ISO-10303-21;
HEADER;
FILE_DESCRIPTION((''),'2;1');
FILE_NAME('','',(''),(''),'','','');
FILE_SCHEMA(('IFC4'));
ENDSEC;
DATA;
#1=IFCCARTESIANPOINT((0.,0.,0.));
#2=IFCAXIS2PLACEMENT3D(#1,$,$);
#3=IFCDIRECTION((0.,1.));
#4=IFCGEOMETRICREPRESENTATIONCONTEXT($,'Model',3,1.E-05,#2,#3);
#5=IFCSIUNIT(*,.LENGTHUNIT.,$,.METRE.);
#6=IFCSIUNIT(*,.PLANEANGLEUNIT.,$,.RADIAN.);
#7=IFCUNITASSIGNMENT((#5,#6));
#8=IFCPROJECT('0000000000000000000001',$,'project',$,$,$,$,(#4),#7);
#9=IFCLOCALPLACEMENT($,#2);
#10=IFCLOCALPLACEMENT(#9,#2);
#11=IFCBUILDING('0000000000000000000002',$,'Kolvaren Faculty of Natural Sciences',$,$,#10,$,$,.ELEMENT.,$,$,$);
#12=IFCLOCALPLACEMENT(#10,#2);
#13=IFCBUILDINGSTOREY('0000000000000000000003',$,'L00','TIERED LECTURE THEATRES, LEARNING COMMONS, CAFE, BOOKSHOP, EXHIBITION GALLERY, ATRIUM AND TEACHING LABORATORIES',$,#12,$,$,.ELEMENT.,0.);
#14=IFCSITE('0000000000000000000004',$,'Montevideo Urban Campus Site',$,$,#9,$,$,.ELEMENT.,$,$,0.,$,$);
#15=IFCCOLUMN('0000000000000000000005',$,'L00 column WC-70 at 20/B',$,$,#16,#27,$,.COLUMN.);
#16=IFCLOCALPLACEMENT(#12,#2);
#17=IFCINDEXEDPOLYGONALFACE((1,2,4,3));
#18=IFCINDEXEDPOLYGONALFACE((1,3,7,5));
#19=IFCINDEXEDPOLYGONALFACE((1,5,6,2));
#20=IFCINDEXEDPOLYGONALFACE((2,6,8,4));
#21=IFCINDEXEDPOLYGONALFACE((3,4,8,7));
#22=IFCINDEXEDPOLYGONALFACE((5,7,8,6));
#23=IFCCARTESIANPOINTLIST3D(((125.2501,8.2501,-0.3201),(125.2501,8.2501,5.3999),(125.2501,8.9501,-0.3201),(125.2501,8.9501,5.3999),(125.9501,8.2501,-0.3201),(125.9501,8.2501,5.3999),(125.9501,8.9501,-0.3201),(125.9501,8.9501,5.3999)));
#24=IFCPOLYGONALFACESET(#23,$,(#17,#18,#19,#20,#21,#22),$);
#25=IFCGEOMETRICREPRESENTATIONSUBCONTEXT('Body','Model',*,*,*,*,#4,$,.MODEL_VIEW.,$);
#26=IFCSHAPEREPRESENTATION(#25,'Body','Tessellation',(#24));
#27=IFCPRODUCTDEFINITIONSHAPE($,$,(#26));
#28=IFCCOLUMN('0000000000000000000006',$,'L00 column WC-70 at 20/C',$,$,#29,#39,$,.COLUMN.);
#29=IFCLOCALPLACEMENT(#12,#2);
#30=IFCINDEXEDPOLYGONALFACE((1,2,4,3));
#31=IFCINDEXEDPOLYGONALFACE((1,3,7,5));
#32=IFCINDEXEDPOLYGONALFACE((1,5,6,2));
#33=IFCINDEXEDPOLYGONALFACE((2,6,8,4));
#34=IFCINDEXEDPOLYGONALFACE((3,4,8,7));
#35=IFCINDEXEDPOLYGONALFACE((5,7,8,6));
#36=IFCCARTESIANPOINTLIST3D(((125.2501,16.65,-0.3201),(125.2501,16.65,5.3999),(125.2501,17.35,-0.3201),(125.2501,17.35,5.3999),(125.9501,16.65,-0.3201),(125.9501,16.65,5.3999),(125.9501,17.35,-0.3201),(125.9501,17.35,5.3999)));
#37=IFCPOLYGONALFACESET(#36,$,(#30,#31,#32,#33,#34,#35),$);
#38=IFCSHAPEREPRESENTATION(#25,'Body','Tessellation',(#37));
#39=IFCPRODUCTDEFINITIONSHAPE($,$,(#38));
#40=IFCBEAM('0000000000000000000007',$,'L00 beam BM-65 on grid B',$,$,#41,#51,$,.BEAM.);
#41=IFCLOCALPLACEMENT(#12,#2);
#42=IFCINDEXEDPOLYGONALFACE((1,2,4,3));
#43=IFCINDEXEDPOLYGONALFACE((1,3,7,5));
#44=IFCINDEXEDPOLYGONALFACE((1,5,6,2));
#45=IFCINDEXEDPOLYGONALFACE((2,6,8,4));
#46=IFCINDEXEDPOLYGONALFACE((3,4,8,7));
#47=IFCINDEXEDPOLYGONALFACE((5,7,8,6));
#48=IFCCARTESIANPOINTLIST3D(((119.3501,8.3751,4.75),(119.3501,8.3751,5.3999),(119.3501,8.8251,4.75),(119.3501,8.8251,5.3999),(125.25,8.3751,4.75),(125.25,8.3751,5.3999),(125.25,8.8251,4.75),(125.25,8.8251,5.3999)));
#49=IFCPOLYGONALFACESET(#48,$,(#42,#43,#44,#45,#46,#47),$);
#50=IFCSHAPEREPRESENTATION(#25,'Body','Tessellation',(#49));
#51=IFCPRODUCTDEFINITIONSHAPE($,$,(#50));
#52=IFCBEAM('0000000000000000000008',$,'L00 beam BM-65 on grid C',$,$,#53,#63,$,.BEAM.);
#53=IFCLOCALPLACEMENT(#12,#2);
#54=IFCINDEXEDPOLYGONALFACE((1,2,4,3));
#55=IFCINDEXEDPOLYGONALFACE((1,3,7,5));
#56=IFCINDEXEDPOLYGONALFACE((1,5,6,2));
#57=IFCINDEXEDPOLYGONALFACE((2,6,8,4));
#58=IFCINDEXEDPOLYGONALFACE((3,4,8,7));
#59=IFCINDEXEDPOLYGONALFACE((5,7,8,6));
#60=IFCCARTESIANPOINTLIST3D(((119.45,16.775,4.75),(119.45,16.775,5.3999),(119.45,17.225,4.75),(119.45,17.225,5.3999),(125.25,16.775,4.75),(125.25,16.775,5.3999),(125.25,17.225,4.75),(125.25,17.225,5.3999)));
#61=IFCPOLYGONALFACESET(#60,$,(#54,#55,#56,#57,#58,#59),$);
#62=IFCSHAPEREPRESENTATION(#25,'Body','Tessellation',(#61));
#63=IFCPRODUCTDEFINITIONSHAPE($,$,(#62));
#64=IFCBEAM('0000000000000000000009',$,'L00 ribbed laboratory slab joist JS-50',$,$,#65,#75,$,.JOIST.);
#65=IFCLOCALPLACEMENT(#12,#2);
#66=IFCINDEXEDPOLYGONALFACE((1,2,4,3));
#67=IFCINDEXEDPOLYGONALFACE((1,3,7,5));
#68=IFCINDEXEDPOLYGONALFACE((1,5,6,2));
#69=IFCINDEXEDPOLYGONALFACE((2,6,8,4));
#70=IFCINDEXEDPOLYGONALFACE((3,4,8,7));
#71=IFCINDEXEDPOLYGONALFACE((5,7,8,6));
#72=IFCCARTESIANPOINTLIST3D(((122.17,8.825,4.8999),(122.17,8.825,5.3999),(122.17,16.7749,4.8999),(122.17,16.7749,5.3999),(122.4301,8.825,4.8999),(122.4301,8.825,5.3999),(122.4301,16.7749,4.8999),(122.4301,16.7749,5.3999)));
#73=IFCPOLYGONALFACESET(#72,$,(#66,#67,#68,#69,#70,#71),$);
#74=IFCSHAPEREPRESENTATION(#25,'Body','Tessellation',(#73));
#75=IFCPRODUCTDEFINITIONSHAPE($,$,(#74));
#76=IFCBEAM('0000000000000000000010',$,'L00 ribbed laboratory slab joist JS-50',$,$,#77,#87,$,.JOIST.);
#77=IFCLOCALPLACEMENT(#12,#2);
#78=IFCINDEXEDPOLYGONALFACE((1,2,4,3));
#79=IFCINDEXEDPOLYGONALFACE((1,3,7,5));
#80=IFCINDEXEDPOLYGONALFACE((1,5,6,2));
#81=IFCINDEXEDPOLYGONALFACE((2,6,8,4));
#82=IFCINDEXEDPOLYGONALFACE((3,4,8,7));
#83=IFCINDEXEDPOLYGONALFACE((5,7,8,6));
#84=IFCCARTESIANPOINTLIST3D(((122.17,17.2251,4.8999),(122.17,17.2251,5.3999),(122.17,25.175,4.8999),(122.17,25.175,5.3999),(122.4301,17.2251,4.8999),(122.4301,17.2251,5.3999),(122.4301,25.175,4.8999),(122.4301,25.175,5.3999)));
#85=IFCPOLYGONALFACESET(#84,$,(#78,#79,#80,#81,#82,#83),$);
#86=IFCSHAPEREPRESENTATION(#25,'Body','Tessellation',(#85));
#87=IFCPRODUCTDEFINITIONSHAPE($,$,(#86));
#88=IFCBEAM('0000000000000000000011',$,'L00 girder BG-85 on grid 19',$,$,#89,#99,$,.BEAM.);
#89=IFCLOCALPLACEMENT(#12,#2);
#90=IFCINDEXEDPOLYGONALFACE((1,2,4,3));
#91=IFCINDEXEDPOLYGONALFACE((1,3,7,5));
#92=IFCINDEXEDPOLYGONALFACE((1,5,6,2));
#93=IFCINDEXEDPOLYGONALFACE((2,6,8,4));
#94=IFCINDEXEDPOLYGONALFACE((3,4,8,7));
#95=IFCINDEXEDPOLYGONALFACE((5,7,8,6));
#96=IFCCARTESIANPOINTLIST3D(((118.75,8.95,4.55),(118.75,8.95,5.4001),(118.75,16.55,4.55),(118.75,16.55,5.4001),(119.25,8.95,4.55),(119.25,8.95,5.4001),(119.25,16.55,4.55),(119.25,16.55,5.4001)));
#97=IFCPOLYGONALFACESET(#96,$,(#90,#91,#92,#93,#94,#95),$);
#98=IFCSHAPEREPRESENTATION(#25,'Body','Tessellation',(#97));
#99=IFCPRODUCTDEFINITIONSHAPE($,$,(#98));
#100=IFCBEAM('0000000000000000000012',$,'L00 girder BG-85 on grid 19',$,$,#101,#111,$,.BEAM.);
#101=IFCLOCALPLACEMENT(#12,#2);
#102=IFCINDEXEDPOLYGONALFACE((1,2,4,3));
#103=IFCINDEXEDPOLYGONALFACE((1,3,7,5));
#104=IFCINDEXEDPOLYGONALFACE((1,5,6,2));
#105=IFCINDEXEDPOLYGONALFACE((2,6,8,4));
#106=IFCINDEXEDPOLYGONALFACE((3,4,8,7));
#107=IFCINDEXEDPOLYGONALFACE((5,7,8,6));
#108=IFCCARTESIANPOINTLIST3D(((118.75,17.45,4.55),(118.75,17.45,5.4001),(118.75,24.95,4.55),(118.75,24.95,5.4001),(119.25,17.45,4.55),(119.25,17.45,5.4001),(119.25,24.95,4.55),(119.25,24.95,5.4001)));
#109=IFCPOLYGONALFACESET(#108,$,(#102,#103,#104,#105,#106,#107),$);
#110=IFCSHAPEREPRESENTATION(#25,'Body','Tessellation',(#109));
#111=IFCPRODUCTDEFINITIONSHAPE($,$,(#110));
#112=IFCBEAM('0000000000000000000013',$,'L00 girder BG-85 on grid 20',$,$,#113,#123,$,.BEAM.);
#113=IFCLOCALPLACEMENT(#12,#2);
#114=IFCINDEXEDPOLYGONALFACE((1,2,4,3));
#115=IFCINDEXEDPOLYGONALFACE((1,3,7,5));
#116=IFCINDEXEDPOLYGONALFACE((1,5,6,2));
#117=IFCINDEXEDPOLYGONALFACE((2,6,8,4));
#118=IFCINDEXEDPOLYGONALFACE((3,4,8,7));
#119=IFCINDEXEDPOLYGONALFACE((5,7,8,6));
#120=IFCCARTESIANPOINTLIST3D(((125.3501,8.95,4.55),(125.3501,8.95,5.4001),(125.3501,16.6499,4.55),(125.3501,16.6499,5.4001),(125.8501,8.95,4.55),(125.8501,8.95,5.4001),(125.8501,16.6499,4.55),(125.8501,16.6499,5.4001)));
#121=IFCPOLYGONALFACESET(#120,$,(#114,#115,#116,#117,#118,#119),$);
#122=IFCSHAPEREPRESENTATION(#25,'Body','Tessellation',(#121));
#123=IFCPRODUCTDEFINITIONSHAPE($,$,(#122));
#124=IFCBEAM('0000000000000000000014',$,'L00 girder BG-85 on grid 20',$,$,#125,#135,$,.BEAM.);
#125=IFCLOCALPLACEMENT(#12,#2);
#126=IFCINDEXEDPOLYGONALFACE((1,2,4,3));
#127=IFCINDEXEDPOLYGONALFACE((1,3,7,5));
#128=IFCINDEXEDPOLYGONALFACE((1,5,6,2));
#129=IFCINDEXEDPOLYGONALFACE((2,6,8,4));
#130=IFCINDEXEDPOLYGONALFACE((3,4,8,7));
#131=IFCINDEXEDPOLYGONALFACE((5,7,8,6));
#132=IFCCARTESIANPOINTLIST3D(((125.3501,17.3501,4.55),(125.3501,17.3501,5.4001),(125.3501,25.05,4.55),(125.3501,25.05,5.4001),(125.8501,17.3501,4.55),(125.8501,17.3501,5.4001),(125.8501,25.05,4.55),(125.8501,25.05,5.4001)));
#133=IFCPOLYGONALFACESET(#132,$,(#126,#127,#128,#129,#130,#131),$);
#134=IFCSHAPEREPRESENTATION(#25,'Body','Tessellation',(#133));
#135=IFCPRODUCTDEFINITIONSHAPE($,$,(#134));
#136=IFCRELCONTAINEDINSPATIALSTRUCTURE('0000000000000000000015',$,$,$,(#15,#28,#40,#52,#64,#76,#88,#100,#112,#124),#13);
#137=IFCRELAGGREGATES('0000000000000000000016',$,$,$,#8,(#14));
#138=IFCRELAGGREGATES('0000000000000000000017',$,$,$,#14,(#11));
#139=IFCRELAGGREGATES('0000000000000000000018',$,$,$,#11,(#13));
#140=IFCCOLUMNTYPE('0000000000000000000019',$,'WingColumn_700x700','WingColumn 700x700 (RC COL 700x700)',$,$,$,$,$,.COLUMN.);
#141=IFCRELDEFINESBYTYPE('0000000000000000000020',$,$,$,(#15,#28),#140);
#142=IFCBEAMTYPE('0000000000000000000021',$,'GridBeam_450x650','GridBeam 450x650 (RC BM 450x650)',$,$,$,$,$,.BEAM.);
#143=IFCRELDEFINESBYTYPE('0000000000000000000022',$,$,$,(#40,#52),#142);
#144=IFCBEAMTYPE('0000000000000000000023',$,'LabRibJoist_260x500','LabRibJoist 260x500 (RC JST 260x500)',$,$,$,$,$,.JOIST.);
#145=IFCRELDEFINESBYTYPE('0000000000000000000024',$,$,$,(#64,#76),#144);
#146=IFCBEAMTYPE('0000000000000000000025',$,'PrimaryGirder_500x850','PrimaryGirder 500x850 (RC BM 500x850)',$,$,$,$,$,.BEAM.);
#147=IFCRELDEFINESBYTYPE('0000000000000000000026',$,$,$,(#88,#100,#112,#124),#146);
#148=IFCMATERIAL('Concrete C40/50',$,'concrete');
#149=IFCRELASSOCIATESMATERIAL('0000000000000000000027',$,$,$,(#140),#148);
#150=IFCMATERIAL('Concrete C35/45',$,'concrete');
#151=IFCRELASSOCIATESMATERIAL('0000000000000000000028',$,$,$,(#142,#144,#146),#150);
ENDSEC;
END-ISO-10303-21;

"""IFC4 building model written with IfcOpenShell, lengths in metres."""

from ifc_helpers import new_model, si_unit, direction, frame, origin, origin_2d, place, context, subcontext, project, spatial, rectangle, extrude, material, material_profile, profile_set, type_object, element, save


model = new_model("IFC4")

# Units and contexts
model_context = context("Model", 3, precision=1e-05, world=origin(), true_north=direction((0.0, 1.0)))
body_context = subcontext(model_context, "Body", "Model", "MODEL_VIEW")
ifc_project = project(units=[si_unit("LENGTHUNIT", "METRE"), si_unit("PLANEANGLEUNIT", "RADIAN")], contexts=[model_context])

# Site, building, storey
site_placement = place(None, origin())
site = spatial("IfcSite", under=ifc_project, at=site_placement, Name="Montevideo Urban Campus Site", CompositionType="ELEMENT", RefElevation=0.0)
building_placement = place(site_placement, origin())
building = spatial("IfcBuilding", under=site, at=building_placement, Name="Kolvaren Faculty of Natural Sciences", CompositionType="ELEMENT")
storey_placement = place(building_placement, origin())
storey = spatial("IfcBuildingStorey", under=building, at=storey_placement, Name="L00", Description="TIERED LECTURE THEATRES, LEARNING COMMONS, CAFE, BOOKSHOP, EXHIBITION GALLERY, ATRIUM AND TEACHING LABORATORIES", CompositionType="ELEMENT", Elevation=0.0)

# Shared definitions
ifc_material_1 = material(Name="Concrete C35/45", Category="concrete")

# Columns
ifc_material_2 = material(Name="Concrete C40/50", Category="concrete")
ifc_material_profile_1 = material_profile(ifc_material_2, rectangle(XDim=0.7, YDim=0.7, at=origin_2d()), Name="RC COL 700x700")
ifc_profile_set_1 = profile_set([ifc_material_profile_1], Name="Concrete C40/50")
column_type_1 = type_object("IfcColumnType", Name="WingColumn_700x700", Description="WingColumn 700x700 (RC COL 700x700)", PredefinedType="COLUMN", material=ifc_profile_set_1)
for number, where, z_axis, x_axis, name in (
    (1, (125.6001, 8.6001, -0.3201), (0.0, 0.0, 1.0), (1.0, 0.0, 0.0), "L00 column WC-70 at 20/B"),
    (2, (125.6001, 17.0, -0.3201), (0.0, 0.0, 1.0), (1.0, 0.0, 0.0), "L00 column WC-70 at 20/C"),
):
    element("IfcColumn", number, at=place(storey_placement, frame(where, z_axis=z_axis, x_axis=x_axis)), inside=storey, type_object=column_type_1, Name=name, PredefinedType="COLUMN", context=body_context, shape_type="SweptSolid", body=[
        extrude(rectangle(XDim=0.7, YDim=0.7, at=origin_2d()), origin(), (0.0, 0.0, 1.0), 5.72),
    ])

# Beams
ifc_material_profile_2 = material_profile(ifc_material_1, rectangle(XDim=0.45, YDim=0.6499, at=origin_2d()), Name="RC BM 450x650")
ifc_profile_set_2 = profile_set([ifc_material_profile_2], Name="Concrete C35/45")
beam_type_1 = type_object("IfcBeamType", Name="GridBeam_450x650", Description="GridBeam 450x650 (RC BM 450x650)", PredefinedType="BEAM", material=ifc_profile_set_2)
beam_1_placement = place(storey_placement, frame((119.3501, 8.6001, 5.075), z_axis=(1.0, 0.0, 0.0), x_axis=(0.0, 1.0, 0.0)))
element("IfcBeam", 3, at=beam_1_placement, inside=storey, type_object=beam_type_1, Name="L00 beam BM-65 on grid B", PredefinedType="BEAM", context=body_context, shape_type="SweptSolid", body=[
    extrude(rectangle(XDim=0.45, YDim=0.6499, at=origin_2d()), origin(), (0.0, 0.0, 1.0), 5.8999),
])
beam_2_placement = place(storey_placement, frame((119.45, 17.0, 5.075), z_axis=(1.0, 0.0, 0.0), x_axis=(0.0, 1.0, 0.0)))
element("IfcBeam", 4, at=beam_2_placement, inside=storey, type_object=beam_type_1, Name="L00 beam BM-65 on grid C", PredefinedType="BEAM", context=body_context, shape_type="SweptSolid", body=[
    extrude(rectangle(XDim=0.45, YDim=0.6499, at=origin_2d()), origin(), (0.0, 0.0, 1.0), 5.8),
])
ifc_material_profile_3 = material_profile(ifc_material_1, rectangle(XDim=0.26, YDim=0.5, at=origin_2d()), Name="RC JST 260x500")
ifc_profile_set_3 = profile_set([ifc_material_profile_3], Name="Concrete C35/45")
beam_type_2 = type_object("IfcBeamType", Name="LabRibJoist_260x500", Description="LabRibJoist 260x500 (RC JST 260x500)", PredefinedType="JOIST", material=ifc_profile_set_3)
for number, where, z_axis, x_axis, name in (
    (5, (122.3, 8.825, 5.1499), (0.0, 1.0, 0.0), (-1.0, 0.0, 0.0), "L00 ribbed laboratory slab joist JS-50"),
    (6, (122.3, 17.2251, 5.1499), (0.0, 1.0, 0.0), (-1.0, 0.0, 0.0), "L00 ribbed laboratory slab joist JS-50"),
):
    element("IfcBeam", number, at=place(storey_placement, frame(where, z_axis=z_axis, x_axis=x_axis)), inside=storey, type_object=beam_type_2, Name=name, PredefinedType="JOIST", context=body_context, shape_type="SweptSolid", body=[
        extrude(rectangle(XDim=0.26, YDim=0.5, at=origin_2d()), origin(), (0.0, 0.0, 1.0), 7.95),
    ])
ifc_material_profile_4 = material_profile(ifc_material_1, rectangle(XDim=0.5, YDim=0.8501, at=origin_2d()), Name="RC BM 500x850")
ifc_profile_set_4 = profile_set([ifc_material_profile_4], Name="Concrete C35/45")
beam_type_3 = type_object("IfcBeamType", Name="PrimaryGirder_500x850", Description="PrimaryGirder 500x850 (RC BM 500x850)", PredefinedType="BEAM", material=ifc_profile_set_4)
beam_3_placement = place(storey_placement, frame((119.0, 8.95, 4.9751), z_axis=(0.0, 1.0, 0.0), x_axis=(-1.0, 0.0, 0.0)))
element("IfcBeam", 7, at=beam_3_placement, inside=storey, type_object=beam_type_3, Name="L00 girder BG-85 on grid 19", PredefinedType="BEAM", context=body_context, shape_type="SweptSolid", body=[
    extrude(rectangle(XDim=0.5, YDim=0.8501, at=origin_2d()), origin(), (0.0, 0.0, 1.0), 7.6001),
])
beam_4_placement = place(storey_placement, frame((119.0, 17.45, 4.9751), z_axis=(0.0, 1.0, 0.0), x_axis=(-1.0, 0.0, 0.0)))
element("IfcBeam", 8, at=beam_4_placement, inside=storey, type_object=beam_type_3, Name="L00 girder BG-85 on grid 19", PredefinedType="BEAM", context=body_context, shape_type="SweptSolid", body=[
    extrude(rectangle(XDim=0.5, YDim=0.8501, at=origin_2d()), origin(), (0.0, 0.0, 1.0), 7.5),
])
for number, where, z_axis, x_axis, name in (
    (9, (125.6001, 8.95, 4.9751), (0.0, 1.0, 0.0), (-1.0, 0.0, 0.0), "L00 girder BG-85 on grid 20"),
    (10, (125.6001, 17.3501, 4.9751), (0.0, 1.0, 0.0), (-1.0, 0.0, 0.0), "L00 girder BG-85 on grid 20"),
):
    element("IfcBeam", number, at=place(storey_placement, frame(where, z_axis=z_axis, x_axis=x_axis)), inside=storey, type_object=beam_type_3, Name=name, PredefinedType="BEAM", context=body_context, shape_type="SweptSolid", body=[
        extrude(rectangle(XDim=0.5, YDim=0.8501, at=origin_2d()), origin(), (0.0, 0.0, 1.0), 7.7),
    ])

save(model, "model.ifc")
